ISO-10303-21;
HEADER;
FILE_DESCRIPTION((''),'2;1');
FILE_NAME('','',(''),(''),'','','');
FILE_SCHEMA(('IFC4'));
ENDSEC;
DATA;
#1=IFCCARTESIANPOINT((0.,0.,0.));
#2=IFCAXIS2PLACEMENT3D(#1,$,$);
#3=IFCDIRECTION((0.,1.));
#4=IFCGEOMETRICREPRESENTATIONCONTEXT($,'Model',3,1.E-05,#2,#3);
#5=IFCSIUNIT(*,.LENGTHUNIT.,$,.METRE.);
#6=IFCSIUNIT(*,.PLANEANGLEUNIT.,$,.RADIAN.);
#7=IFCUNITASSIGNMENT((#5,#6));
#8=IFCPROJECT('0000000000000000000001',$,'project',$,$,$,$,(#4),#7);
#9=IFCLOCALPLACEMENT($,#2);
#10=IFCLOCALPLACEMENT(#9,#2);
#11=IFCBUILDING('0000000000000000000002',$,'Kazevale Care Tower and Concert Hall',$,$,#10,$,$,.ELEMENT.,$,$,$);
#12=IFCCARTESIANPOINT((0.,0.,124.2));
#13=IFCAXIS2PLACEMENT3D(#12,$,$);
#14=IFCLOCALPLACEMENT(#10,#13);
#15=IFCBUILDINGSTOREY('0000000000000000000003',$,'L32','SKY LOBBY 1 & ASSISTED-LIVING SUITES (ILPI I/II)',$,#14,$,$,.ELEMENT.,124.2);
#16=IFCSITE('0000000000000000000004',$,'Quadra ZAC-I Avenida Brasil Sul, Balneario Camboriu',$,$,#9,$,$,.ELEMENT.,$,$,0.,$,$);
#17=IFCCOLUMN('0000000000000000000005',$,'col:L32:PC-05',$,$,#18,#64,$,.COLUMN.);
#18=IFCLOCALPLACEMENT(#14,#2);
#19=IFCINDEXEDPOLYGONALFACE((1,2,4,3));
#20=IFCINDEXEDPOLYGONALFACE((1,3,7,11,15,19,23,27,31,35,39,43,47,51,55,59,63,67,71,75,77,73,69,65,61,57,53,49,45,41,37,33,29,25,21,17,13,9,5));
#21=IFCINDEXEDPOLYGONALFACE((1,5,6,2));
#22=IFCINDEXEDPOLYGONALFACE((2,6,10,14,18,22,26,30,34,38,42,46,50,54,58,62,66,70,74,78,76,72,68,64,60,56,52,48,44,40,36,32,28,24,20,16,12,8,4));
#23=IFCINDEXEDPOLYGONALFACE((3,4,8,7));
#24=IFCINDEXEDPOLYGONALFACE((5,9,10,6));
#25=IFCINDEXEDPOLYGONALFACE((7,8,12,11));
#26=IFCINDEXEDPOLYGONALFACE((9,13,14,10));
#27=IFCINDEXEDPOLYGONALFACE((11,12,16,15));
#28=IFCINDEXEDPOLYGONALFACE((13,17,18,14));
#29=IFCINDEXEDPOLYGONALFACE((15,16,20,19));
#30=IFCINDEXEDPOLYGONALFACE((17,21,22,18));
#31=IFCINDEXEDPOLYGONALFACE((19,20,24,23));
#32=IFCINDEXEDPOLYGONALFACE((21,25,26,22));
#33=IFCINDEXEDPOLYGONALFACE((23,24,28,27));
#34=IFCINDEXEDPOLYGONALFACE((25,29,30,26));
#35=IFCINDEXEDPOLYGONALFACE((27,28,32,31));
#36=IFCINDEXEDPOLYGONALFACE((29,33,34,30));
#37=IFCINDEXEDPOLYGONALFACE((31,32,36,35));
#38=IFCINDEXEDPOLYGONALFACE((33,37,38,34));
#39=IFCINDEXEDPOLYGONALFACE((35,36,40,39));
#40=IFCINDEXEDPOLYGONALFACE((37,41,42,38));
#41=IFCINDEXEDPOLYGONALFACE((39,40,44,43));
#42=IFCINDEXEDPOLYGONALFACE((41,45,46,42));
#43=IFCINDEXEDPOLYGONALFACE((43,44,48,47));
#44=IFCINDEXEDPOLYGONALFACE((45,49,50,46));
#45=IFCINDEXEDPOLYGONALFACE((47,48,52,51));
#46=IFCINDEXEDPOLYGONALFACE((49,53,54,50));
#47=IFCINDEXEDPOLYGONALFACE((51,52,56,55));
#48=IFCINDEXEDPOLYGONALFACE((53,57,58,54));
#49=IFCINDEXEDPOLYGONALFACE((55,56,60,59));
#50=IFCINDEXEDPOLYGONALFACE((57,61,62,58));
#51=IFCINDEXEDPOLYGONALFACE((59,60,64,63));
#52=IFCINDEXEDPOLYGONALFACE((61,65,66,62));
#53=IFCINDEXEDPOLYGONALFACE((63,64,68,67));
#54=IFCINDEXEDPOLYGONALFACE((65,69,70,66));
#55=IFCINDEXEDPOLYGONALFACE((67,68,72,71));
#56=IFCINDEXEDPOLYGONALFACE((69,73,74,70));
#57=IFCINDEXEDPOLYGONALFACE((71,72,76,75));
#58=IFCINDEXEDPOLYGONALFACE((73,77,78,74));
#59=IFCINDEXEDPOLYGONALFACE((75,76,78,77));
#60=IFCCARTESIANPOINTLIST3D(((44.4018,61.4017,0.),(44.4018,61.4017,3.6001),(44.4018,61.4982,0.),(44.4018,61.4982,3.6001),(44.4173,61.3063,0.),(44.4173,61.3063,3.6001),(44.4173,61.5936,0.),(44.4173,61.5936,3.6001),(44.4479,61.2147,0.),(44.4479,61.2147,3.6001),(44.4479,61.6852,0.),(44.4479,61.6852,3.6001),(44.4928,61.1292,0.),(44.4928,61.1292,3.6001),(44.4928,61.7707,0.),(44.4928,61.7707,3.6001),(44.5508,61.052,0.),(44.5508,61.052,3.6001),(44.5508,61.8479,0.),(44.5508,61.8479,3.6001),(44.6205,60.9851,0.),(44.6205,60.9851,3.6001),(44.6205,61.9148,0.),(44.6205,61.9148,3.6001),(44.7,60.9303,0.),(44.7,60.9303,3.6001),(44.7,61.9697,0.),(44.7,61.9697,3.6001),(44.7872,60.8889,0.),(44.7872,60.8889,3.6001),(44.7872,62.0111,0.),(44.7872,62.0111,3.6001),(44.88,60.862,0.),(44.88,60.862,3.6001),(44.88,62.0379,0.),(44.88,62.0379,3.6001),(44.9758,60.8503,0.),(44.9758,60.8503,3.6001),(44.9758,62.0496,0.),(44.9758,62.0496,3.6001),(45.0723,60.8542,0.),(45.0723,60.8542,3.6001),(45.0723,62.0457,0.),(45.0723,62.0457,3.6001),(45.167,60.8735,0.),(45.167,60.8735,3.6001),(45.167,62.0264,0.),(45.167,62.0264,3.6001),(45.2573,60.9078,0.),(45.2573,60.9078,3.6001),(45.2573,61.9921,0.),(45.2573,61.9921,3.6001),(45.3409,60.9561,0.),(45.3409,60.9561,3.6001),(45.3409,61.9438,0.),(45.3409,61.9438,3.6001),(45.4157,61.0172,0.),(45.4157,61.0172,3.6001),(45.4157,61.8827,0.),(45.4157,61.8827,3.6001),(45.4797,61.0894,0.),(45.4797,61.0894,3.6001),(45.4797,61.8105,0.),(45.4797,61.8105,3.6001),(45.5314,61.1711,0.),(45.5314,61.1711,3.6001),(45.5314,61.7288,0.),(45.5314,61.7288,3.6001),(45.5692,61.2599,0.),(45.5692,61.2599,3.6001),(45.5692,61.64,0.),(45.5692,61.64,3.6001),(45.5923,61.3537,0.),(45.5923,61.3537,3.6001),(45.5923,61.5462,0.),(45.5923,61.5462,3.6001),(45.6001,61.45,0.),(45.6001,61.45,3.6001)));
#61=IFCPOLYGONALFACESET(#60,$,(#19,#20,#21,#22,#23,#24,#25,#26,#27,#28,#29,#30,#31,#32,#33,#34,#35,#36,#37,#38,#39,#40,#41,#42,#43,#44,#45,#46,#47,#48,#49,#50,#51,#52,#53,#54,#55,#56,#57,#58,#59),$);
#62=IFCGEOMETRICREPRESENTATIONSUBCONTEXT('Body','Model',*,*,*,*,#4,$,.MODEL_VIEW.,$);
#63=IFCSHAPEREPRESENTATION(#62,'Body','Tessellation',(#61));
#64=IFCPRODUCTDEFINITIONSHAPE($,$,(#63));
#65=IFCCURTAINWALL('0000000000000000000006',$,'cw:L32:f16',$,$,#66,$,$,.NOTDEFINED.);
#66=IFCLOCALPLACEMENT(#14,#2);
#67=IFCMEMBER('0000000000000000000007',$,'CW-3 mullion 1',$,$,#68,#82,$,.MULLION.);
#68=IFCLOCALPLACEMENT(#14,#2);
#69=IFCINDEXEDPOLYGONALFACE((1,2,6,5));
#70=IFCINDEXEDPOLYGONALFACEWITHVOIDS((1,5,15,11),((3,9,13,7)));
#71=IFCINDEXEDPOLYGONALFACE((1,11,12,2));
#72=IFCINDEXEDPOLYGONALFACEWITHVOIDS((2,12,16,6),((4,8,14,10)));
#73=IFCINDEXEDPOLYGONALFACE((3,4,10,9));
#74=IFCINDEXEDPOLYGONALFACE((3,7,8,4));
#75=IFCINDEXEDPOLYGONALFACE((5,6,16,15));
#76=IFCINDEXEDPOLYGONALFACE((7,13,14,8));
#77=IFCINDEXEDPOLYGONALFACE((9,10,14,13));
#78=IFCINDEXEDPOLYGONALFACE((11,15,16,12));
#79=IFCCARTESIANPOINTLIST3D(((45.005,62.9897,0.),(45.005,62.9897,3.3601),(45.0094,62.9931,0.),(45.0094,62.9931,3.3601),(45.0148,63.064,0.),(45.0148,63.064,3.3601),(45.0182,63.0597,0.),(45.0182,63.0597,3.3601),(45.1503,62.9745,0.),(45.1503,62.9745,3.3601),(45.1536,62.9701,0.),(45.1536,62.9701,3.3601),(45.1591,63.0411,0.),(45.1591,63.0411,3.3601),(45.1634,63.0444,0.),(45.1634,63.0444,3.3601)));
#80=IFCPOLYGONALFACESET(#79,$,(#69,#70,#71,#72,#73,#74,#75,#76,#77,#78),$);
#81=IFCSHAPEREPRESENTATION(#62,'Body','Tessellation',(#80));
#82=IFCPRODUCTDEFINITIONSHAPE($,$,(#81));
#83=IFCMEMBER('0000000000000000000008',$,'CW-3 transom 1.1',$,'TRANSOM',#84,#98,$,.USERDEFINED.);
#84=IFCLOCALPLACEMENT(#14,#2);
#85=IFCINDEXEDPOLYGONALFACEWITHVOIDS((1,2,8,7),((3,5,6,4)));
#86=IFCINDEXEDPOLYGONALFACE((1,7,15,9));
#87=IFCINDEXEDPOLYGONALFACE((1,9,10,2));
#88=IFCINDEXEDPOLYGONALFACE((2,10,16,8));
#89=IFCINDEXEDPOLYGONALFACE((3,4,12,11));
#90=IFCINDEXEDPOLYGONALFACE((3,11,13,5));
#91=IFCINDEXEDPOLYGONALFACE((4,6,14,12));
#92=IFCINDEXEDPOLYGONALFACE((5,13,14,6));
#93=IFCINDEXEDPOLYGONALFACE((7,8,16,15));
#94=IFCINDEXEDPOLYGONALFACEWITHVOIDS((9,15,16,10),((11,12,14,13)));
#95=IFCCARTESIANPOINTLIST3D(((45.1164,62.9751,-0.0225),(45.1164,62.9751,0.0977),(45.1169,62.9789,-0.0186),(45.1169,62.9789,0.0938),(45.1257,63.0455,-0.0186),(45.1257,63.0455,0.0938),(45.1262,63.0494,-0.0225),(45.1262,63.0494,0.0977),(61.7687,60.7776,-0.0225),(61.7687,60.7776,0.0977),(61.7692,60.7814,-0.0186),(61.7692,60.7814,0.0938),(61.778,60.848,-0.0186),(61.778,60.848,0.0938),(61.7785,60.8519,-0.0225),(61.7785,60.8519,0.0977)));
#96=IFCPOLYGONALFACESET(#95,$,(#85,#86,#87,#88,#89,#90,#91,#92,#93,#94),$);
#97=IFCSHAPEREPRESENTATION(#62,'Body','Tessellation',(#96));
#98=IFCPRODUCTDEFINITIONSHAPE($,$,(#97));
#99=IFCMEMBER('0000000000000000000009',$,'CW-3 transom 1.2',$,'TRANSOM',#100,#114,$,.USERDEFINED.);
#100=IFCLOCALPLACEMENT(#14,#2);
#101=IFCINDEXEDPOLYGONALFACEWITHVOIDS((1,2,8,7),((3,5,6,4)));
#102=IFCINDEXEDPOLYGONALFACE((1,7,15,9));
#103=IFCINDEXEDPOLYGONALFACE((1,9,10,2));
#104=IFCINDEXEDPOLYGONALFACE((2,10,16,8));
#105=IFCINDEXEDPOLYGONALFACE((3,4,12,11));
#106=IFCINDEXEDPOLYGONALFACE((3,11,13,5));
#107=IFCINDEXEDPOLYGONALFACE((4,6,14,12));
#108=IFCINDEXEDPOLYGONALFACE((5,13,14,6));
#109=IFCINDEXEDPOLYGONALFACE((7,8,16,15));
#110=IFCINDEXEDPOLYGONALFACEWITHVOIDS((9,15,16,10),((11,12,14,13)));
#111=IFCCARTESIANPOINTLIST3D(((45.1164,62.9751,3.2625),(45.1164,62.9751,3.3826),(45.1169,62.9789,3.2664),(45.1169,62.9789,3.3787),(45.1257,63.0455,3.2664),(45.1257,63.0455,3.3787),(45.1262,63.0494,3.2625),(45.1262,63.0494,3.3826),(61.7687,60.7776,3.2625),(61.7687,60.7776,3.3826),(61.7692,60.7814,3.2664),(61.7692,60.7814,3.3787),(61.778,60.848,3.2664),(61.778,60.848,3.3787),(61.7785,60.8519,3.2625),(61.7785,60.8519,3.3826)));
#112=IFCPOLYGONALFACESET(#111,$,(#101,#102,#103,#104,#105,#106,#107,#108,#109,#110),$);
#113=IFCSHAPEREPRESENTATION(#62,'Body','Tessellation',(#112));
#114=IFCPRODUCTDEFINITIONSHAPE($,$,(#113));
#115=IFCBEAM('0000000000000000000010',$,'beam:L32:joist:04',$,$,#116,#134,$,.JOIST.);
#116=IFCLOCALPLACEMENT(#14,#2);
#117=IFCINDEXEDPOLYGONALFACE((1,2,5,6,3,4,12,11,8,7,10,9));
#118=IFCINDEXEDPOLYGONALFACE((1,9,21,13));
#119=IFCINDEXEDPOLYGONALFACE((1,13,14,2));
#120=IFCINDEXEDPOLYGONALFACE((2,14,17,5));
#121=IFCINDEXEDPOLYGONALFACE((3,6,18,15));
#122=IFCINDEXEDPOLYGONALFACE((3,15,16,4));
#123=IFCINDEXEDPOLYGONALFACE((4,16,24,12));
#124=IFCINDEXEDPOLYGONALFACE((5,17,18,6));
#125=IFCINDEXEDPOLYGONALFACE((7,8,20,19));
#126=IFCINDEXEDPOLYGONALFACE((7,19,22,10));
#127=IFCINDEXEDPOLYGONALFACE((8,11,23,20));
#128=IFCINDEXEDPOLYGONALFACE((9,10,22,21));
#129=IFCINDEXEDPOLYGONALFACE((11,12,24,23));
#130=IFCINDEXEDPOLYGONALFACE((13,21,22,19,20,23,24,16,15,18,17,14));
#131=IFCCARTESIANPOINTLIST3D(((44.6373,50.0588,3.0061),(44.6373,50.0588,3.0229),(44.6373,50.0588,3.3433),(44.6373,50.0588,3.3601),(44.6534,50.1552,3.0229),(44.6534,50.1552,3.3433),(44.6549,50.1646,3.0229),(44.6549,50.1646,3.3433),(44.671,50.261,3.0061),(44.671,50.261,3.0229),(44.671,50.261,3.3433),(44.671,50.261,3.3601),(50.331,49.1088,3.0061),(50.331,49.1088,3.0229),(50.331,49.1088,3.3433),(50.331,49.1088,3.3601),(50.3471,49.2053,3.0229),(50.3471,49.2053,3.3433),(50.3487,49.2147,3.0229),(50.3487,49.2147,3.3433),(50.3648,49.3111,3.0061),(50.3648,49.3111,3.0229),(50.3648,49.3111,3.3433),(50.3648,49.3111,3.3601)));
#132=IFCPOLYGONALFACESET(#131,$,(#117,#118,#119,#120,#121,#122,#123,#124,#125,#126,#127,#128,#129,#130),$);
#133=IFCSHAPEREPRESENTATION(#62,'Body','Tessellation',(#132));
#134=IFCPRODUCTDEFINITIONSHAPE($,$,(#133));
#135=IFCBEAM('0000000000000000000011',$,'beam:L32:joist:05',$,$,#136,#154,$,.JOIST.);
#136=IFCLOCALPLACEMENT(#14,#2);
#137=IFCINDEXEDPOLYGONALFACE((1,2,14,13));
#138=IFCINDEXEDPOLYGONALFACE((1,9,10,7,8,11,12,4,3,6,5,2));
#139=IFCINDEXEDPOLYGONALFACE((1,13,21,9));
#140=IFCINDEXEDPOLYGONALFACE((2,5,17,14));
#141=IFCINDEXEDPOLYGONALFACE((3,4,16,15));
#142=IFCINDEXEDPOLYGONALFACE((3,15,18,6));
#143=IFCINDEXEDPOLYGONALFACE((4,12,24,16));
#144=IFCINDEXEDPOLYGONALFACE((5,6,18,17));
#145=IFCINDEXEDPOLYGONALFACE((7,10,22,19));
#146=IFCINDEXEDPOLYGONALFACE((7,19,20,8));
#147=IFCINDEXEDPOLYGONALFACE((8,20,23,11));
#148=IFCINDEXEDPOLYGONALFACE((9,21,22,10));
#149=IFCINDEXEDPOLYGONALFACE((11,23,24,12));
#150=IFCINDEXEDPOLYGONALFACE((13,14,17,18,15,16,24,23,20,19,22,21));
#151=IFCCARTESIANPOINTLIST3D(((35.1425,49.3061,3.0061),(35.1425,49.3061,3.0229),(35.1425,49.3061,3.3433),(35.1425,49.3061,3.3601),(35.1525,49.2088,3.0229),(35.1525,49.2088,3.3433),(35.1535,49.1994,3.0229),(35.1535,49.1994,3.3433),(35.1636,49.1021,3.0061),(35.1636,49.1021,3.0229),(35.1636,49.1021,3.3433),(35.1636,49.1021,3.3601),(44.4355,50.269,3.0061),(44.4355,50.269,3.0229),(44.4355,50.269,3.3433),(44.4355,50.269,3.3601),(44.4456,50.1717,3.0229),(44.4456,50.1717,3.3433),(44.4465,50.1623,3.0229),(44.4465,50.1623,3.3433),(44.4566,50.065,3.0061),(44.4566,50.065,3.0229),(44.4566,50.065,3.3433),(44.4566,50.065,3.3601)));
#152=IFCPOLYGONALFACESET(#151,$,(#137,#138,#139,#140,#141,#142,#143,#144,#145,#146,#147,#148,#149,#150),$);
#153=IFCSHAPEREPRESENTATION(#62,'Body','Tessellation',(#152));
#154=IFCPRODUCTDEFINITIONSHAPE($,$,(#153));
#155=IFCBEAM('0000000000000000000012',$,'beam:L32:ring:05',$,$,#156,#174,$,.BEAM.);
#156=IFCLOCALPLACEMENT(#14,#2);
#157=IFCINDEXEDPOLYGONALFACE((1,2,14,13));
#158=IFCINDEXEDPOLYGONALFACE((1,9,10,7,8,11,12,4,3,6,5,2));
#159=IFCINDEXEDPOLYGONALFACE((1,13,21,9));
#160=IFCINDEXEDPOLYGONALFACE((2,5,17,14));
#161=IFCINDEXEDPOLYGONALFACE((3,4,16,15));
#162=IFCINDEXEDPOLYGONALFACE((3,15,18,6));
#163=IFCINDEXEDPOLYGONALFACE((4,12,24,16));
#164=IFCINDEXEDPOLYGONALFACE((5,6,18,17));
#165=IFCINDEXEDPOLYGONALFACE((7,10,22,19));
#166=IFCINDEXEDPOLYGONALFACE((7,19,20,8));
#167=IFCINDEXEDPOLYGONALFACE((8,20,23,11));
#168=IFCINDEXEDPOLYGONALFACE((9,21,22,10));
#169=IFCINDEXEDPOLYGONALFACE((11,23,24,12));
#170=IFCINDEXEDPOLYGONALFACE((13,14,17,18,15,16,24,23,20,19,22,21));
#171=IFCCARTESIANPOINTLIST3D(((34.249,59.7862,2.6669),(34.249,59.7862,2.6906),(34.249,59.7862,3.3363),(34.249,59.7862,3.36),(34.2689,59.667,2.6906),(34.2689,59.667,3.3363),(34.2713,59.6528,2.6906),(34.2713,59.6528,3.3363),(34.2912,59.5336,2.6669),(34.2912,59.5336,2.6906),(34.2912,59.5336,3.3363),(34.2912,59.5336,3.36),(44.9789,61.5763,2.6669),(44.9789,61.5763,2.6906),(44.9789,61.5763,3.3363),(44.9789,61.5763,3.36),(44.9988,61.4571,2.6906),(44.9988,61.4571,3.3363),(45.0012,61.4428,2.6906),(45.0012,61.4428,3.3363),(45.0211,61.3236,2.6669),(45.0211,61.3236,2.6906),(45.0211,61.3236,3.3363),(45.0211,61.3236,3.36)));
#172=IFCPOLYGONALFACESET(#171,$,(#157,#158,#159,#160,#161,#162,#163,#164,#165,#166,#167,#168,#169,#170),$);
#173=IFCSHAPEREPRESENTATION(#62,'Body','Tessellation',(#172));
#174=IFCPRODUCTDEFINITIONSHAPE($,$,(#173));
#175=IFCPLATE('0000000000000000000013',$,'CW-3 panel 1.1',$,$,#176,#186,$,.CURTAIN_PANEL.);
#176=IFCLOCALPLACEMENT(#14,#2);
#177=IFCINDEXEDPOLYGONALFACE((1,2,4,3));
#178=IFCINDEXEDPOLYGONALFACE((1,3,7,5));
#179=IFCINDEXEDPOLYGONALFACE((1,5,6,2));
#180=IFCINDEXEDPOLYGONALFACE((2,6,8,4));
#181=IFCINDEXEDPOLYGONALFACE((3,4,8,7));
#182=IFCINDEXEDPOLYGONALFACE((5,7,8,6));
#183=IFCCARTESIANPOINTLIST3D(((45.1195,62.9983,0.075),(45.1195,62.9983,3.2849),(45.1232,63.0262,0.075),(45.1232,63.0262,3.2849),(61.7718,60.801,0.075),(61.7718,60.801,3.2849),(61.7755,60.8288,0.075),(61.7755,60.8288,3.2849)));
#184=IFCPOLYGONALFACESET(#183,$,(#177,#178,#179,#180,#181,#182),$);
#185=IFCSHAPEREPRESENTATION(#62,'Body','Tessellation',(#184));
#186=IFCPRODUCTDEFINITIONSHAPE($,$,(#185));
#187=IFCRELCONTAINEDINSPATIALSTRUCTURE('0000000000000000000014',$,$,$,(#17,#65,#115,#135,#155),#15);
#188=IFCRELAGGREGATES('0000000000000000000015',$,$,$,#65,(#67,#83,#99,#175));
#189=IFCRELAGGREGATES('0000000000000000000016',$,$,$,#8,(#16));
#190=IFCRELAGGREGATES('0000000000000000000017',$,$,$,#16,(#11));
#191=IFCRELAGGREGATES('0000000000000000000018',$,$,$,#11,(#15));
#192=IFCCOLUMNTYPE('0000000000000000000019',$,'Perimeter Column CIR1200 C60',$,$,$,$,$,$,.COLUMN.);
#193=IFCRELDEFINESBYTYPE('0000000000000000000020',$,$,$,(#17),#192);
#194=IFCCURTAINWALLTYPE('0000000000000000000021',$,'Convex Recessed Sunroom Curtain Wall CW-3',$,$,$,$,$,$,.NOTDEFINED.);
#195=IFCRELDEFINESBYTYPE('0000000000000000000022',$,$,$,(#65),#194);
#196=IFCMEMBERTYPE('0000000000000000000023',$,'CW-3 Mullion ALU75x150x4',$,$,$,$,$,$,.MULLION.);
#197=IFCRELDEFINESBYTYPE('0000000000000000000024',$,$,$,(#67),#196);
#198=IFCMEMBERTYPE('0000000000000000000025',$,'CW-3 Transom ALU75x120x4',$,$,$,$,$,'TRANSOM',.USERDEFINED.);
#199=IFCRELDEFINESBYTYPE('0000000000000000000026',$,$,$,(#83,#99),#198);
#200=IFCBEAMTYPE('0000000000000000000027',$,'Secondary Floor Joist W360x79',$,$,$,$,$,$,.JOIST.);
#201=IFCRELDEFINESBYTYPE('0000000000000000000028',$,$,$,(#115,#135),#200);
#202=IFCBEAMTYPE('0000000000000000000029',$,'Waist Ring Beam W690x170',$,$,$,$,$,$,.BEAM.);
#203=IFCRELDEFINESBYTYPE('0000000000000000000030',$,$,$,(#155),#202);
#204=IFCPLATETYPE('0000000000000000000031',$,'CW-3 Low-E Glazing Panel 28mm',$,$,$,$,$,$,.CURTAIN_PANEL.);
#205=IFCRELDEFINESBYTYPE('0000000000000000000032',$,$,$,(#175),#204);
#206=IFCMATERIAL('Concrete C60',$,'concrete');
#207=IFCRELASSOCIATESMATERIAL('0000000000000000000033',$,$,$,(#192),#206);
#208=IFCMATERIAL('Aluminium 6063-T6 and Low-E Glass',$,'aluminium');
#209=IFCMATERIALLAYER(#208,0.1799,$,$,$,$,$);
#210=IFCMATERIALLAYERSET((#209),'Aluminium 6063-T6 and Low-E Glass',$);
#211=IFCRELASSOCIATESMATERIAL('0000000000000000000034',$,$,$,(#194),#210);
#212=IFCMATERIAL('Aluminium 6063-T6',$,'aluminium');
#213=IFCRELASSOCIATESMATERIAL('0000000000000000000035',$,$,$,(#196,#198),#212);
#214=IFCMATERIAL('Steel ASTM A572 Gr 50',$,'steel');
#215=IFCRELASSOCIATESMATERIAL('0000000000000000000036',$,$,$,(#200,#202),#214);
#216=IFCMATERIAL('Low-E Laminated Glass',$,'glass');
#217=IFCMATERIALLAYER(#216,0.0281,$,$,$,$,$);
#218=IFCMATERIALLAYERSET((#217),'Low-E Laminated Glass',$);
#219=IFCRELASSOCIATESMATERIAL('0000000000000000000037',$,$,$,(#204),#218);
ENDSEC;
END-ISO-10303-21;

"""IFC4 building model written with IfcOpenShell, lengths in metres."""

from ifc_helpers import new_model, si_unit, direction, frame, origin, origin_2d, place, context, subcontext, project, spatial, rectangle, hollow_rectangle, circle, i_section, extrude, material, layer, layer_set, material_profile, profile_set, type_object, element, aggregate, save


model = new_model("IFC4")

# Units and contexts
model_context = context("Model", 3, precision=1e-05, world=origin(), true_north=direction((0.0, 1.0)))
body_context = subcontext(model_context, "Body", "Model", "MODEL_VIEW")
ifc_project = project(units=[si_unit("LENGTHUNIT", "METRE"), si_unit("PLANEANGLEUNIT", "RADIAN")], contexts=[model_context])

# Site, building, storey
site_placement = place(None, origin())
site = spatial("IfcSite", under=ifc_project, at=site_placement, Name="Quadra ZAC-I Avenida Brasil Sul, Balneario Camboriu", CompositionType="ELEMENT", RefElevation=0.0)
building_placement = place(site_placement, origin())
building = spatial("IfcBuilding", under=site, at=building_placement, Name="Kazevale Care Tower and Concert Hall", CompositionType="ELEMENT")
storey_placement = place(building_placement, frame((0.0, 0.0, 124.2)))
storey = spatial("IfcBuildingStorey", under=building, at=storey_placement, Name="L32", Description="SKY LOBBY 1 & ASSISTED-LIVING SUITES (ILPI I/II)", CompositionType="ELEMENT", Elevation=124.2)

# Column
ifc_material_1 = material(Name="Concrete C60", Category="concrete")
ifc_material_profile_1 = material_profile(ifc_material_1, circle(Radius=0.6001, at=origin_2d()), Name="RC-CIR1200")
ifc_profile_set_1 = profile_set([ifc_material_profile_1], Name="Concrete C60")
column_type = type_object("IfcColumnType", Name="Perimeter Column CIR1200 C60", PredefinedType="COLUMN", material=ifc_profile_set_1)
column_placement = place(storey_placement, frame((45.0, 61.45, 0.0), z_axis=(0.0, 0.0, 1.0), x_axis=(1.0, 0.0, 0.0)))
element("IfcColumn", 1, at=column_placement, inside=storey, type_object=column_type, Name="col:L32:PC-05", PredefinedType="COLUMN", context=body_context, shape_type="SweptSolid", body=[
    extrude(circle(Radius=0.6001, at=origin_2d()), origin(), (0.0, 0.0, 1.0), 3.6001),
])

# Curtain wall, members
ifc_material_2 = material(Name="Aluminium 6063-T6 and Low-E Glass", Category="aluminium")
ifc_layer_1 = layer(ifc_material_2, 0.1799)
ifc_layer_set_1 = layer_set([ifc_layer_1], Name="Aluminium 6063-T6 and Low-E Glass")
curtain_wall_type = type_object("IfcCurtainWallType", Name="Convex Recessed Sunroom Curtain Wall CW-3", PredefinedType="NOTDEFINED", material=ifc_layer_set_1)
curtain_wall_placement = place(storey_placement, origin())
curtain_wall = element("IfcCurtainWall", 2, at=curtain_wall_placement, inside=storey, type_object=curtain_wall_type, Name="cw:L32:f16", PredefinedType="NOTDEFINED")
ifc_material_3 = material(Name="Aluminium 6063-T6", Category="aluminium")
ifc_material_profile_2 = material_profile(ifc_material_3, hollow_rectangle(XDim=0.075, YDim=0.1499, WallThickness=0.0039, at=origin_2d()), Name="ALU75x150x4")
ifc_profile_set_2 = profile_set([ifc_material_profile_2], Name="Aluminium 6063-T6")
member_type_1 = type_object("IfcMemberType", Name="CW-3 Mullion ALU75x150x4", PredefinedType="MULLION", material=ifc_profile_set_2)
member_1_placement = place(storey_placement, frame((45.0842, 63.0171, 0.0), z_axis=(0.0, 0.0, 1.0), x_axis=(0.130822, 0.991406, 0.0)))
member_1 = element("IfcMember", 3, at=member_1_placement, type_object=member_type_1, Name="CW-3 mullion 1", PredefinedType="MULLION", context=body_context, shape_type="SweptSolid", body=[
    extrude(hollow_rectangle(XDim=0.075, YDim=0.1499, WallThickness=0.0039, at=origin_2d()), origin(), (0.0, 0.0, 1.0), 3.3601),
])
ifc_material_profile_3 = material_profile(ifc_material_3, hollow_rectangle(XDim=0.075, YDim=0.1201, WallThickness=0.0039, at=origin_2d()), Name="ALU75x120x4")
ifc_profile_set_3 = profile_set([ifc_material_profile_3], Name="Aluminium 6063-T6")
member_type_2 = type_object("IfcMemberType", Name="CW-3 Transom ALU75x120x4", ElementType="TRANSOM", PredefinedType="USERDEFINED", material=ifc_profile_set_3)
member_2_placement = place(storey_placement, frame((45.1213, 63.0122, 0.0376), z_axis=(0.991405, -0.13083, 0.0), x_axis=(0.13083, 0.991405, 0.0)))
member_2 = element("IfcMember", 4, at=member_2_placement, type_object=member_type_2, Name="CW-3 transom 1.1", ObjectType="TRANSOM", PredefinedType="USERDEFINED", context=body_context, shape_type="SweptSolid", body=[
    extrude(hollow_rectangle(XDim=0.075, YDim=0.1201, WallThickness=0.0039, at=origin_2d()), origin(), (0.0, 0.0, 1.0), 16.7966),
])
member_3_placement = place(storey_placement, frame((45.1213, 63.0122, 3.3225), z_axis=(0.991405, -0.13083, 0.0), x_axis=(0.13083, 0.991405, 0.0)))
member_3 = element("IfcMember", 5, at=member_3_placement, type_object=member_type_2, Name="CW-3 transom 1.2", ObjectType="TRANSOM", PredefinedType="USERDEFINED", context=body_context, shape_type="SweptSolid", body=[
    extrude(hollow_rectangle(XDim=0.075, YDim=0.1201, WallThickness=0.0039, at=origin_2d()), origin(), (0.0, 0.0, 1.0), 16.7966),
])

# Beams
ifc_material_4 = material(Name="Steel ASTM A572 Gr 50", Category="steel")
ifc_material_profile_4 = material_profile(ifc_material_4, i_section(OverallWidth=0.2051, OverallDepth=0.354, WebThickness=0.0095, FlangeThickness=0.0168, at=origin_2d()), Name="W360x79")
ifc_profile_set_4 = profile_set([ifc_material_profile_4], Name="Steel ASTM A572 Gr 50")
beam_type_1 = type_object("IfcBeamType", Name="Secondary Floor Joist W360x79", PredefinedType="JOIST", material=ifc_profile_set_4)
beam_1_placement = place(storey_placement, frame((50.3479, 49.21, 3.1831), z_axis=(-0.986366, 0.164564, 0.0), x_axis=(-0.164564, -0.986366, 0.0)))
element("IfcBeam", 6, at=beam_1_placement, inside=storey, type_object=beam_type_1, Name="beam:L32:joist:04", PredefinedType="JOIST", context=body_context, shape_type="SweptSolid", body=[
    extrude(i_section(OverallWidth=0.2051, OverallDepth=0.354, WebThickness=0.0095, FlangeThickness=0.0168, at=origin_2d()), origin(), (0.0, 0.0, 1.0), 5.7725),
])
beam_2_placement = place(storey_placement, frame((44.446, 50.167, 3.1831), z_axis=(-0.994675, -0.103063, 0.0), x_axis=(0.103063, -0.994675, 0.0)))
element("IfcBeam", 7, at=beam_2_placement, inside=storey, type_object=beam_type_1, Name="beam:L32:joist:05", PredefinedType="JOIST", context=body_context, shape_type="SweptSolid", body=[
    extrude(i_section(OverallWidth=0.2051, OverallDepth=0.354, WebThickness=0.0095, FlangeThickness=0.0168, at=origin_2d()), origin(), (0.0, 0.0, 1.0), 9.3428),
])
ifc_material_profile_5 = material_profile(ifc_material_4, i_section(OverallWidth=0.2561, OverallDepth=0.6931, WebThickness=0.0144, FlangeThickness=0.0237, at=origin_2d()), Name="W690x170")
ifc_profile_set_5 = profile_set([ifc_material_profile_5], Name="Steel ASTM A572 Gr 50")
beam_type_2 = type_object("IfcBeamType", Name="Waist Ring Beam W690x170", PredefinedType="BEAM", material=ifc_profile_set_5)
beam_3_placement = place(storey_placement, frame((45.0, 61.45, 3.0134), z_axis=(-0.986368, -0.164552, 0.0), x_axis=(0.164552, -0.986368, 0.0)))
element("IfcBeam", 8, at=beam_3_placement, inside=storey, type_object=beam_type_2, Name="beam:L32:ring:05", PredefinedType="BEAM", context=body_context, shape_type="SweptSolid", body=[
    extrude(i_section(OverallWidth=0.2561, OverallDepth=0.6931, WebThickness=0.0144, FlangeThickness=0.0237, at=origin_2d()), origin(), (0.0, 0.0, 1.0), 10.8782),
])

# Plate
ifc_material_5 = material(Name="Low-E Laminated Glass", Category="glass")
ifc_layer_2 = layer(ifc_material_5, 0.0281)
ifc_layer_set_2 = layer_set([ifc_layer_2], Name="Low-E Laminated Glass")
plate_type = type_object("IfcPlateType", Name="CW-3 Low-E Glazing Panel 28mm", PredefinedType="CURTAIN_PANEL", material=ifc_layer_set_2)
plate_placement = place(storey_placement, frame((53.4475, 61.9136, 0.075), z_axis=(0.0, 0.0, 1.0), x_axis=(0.991406, -0.130822, 0.0)))
plate = element("IfcPlate", 9, at=plate_placement, type_object=plate_type, Name="CW-3 panel 1.1", PredefinedType="CURTAIN_PANEL", context=body_context, shape_type="SweptSolid", body=[
    extrude(rectangle(XDim=16.7966, YDim=0.0281, at=origin_2d()), origin(), (0.0, 0.0, 1.0), 3.21),
])
aggregate(curtain_wall, [member_1, member_2, member_3, plate])

save(model, "model.ifc")
